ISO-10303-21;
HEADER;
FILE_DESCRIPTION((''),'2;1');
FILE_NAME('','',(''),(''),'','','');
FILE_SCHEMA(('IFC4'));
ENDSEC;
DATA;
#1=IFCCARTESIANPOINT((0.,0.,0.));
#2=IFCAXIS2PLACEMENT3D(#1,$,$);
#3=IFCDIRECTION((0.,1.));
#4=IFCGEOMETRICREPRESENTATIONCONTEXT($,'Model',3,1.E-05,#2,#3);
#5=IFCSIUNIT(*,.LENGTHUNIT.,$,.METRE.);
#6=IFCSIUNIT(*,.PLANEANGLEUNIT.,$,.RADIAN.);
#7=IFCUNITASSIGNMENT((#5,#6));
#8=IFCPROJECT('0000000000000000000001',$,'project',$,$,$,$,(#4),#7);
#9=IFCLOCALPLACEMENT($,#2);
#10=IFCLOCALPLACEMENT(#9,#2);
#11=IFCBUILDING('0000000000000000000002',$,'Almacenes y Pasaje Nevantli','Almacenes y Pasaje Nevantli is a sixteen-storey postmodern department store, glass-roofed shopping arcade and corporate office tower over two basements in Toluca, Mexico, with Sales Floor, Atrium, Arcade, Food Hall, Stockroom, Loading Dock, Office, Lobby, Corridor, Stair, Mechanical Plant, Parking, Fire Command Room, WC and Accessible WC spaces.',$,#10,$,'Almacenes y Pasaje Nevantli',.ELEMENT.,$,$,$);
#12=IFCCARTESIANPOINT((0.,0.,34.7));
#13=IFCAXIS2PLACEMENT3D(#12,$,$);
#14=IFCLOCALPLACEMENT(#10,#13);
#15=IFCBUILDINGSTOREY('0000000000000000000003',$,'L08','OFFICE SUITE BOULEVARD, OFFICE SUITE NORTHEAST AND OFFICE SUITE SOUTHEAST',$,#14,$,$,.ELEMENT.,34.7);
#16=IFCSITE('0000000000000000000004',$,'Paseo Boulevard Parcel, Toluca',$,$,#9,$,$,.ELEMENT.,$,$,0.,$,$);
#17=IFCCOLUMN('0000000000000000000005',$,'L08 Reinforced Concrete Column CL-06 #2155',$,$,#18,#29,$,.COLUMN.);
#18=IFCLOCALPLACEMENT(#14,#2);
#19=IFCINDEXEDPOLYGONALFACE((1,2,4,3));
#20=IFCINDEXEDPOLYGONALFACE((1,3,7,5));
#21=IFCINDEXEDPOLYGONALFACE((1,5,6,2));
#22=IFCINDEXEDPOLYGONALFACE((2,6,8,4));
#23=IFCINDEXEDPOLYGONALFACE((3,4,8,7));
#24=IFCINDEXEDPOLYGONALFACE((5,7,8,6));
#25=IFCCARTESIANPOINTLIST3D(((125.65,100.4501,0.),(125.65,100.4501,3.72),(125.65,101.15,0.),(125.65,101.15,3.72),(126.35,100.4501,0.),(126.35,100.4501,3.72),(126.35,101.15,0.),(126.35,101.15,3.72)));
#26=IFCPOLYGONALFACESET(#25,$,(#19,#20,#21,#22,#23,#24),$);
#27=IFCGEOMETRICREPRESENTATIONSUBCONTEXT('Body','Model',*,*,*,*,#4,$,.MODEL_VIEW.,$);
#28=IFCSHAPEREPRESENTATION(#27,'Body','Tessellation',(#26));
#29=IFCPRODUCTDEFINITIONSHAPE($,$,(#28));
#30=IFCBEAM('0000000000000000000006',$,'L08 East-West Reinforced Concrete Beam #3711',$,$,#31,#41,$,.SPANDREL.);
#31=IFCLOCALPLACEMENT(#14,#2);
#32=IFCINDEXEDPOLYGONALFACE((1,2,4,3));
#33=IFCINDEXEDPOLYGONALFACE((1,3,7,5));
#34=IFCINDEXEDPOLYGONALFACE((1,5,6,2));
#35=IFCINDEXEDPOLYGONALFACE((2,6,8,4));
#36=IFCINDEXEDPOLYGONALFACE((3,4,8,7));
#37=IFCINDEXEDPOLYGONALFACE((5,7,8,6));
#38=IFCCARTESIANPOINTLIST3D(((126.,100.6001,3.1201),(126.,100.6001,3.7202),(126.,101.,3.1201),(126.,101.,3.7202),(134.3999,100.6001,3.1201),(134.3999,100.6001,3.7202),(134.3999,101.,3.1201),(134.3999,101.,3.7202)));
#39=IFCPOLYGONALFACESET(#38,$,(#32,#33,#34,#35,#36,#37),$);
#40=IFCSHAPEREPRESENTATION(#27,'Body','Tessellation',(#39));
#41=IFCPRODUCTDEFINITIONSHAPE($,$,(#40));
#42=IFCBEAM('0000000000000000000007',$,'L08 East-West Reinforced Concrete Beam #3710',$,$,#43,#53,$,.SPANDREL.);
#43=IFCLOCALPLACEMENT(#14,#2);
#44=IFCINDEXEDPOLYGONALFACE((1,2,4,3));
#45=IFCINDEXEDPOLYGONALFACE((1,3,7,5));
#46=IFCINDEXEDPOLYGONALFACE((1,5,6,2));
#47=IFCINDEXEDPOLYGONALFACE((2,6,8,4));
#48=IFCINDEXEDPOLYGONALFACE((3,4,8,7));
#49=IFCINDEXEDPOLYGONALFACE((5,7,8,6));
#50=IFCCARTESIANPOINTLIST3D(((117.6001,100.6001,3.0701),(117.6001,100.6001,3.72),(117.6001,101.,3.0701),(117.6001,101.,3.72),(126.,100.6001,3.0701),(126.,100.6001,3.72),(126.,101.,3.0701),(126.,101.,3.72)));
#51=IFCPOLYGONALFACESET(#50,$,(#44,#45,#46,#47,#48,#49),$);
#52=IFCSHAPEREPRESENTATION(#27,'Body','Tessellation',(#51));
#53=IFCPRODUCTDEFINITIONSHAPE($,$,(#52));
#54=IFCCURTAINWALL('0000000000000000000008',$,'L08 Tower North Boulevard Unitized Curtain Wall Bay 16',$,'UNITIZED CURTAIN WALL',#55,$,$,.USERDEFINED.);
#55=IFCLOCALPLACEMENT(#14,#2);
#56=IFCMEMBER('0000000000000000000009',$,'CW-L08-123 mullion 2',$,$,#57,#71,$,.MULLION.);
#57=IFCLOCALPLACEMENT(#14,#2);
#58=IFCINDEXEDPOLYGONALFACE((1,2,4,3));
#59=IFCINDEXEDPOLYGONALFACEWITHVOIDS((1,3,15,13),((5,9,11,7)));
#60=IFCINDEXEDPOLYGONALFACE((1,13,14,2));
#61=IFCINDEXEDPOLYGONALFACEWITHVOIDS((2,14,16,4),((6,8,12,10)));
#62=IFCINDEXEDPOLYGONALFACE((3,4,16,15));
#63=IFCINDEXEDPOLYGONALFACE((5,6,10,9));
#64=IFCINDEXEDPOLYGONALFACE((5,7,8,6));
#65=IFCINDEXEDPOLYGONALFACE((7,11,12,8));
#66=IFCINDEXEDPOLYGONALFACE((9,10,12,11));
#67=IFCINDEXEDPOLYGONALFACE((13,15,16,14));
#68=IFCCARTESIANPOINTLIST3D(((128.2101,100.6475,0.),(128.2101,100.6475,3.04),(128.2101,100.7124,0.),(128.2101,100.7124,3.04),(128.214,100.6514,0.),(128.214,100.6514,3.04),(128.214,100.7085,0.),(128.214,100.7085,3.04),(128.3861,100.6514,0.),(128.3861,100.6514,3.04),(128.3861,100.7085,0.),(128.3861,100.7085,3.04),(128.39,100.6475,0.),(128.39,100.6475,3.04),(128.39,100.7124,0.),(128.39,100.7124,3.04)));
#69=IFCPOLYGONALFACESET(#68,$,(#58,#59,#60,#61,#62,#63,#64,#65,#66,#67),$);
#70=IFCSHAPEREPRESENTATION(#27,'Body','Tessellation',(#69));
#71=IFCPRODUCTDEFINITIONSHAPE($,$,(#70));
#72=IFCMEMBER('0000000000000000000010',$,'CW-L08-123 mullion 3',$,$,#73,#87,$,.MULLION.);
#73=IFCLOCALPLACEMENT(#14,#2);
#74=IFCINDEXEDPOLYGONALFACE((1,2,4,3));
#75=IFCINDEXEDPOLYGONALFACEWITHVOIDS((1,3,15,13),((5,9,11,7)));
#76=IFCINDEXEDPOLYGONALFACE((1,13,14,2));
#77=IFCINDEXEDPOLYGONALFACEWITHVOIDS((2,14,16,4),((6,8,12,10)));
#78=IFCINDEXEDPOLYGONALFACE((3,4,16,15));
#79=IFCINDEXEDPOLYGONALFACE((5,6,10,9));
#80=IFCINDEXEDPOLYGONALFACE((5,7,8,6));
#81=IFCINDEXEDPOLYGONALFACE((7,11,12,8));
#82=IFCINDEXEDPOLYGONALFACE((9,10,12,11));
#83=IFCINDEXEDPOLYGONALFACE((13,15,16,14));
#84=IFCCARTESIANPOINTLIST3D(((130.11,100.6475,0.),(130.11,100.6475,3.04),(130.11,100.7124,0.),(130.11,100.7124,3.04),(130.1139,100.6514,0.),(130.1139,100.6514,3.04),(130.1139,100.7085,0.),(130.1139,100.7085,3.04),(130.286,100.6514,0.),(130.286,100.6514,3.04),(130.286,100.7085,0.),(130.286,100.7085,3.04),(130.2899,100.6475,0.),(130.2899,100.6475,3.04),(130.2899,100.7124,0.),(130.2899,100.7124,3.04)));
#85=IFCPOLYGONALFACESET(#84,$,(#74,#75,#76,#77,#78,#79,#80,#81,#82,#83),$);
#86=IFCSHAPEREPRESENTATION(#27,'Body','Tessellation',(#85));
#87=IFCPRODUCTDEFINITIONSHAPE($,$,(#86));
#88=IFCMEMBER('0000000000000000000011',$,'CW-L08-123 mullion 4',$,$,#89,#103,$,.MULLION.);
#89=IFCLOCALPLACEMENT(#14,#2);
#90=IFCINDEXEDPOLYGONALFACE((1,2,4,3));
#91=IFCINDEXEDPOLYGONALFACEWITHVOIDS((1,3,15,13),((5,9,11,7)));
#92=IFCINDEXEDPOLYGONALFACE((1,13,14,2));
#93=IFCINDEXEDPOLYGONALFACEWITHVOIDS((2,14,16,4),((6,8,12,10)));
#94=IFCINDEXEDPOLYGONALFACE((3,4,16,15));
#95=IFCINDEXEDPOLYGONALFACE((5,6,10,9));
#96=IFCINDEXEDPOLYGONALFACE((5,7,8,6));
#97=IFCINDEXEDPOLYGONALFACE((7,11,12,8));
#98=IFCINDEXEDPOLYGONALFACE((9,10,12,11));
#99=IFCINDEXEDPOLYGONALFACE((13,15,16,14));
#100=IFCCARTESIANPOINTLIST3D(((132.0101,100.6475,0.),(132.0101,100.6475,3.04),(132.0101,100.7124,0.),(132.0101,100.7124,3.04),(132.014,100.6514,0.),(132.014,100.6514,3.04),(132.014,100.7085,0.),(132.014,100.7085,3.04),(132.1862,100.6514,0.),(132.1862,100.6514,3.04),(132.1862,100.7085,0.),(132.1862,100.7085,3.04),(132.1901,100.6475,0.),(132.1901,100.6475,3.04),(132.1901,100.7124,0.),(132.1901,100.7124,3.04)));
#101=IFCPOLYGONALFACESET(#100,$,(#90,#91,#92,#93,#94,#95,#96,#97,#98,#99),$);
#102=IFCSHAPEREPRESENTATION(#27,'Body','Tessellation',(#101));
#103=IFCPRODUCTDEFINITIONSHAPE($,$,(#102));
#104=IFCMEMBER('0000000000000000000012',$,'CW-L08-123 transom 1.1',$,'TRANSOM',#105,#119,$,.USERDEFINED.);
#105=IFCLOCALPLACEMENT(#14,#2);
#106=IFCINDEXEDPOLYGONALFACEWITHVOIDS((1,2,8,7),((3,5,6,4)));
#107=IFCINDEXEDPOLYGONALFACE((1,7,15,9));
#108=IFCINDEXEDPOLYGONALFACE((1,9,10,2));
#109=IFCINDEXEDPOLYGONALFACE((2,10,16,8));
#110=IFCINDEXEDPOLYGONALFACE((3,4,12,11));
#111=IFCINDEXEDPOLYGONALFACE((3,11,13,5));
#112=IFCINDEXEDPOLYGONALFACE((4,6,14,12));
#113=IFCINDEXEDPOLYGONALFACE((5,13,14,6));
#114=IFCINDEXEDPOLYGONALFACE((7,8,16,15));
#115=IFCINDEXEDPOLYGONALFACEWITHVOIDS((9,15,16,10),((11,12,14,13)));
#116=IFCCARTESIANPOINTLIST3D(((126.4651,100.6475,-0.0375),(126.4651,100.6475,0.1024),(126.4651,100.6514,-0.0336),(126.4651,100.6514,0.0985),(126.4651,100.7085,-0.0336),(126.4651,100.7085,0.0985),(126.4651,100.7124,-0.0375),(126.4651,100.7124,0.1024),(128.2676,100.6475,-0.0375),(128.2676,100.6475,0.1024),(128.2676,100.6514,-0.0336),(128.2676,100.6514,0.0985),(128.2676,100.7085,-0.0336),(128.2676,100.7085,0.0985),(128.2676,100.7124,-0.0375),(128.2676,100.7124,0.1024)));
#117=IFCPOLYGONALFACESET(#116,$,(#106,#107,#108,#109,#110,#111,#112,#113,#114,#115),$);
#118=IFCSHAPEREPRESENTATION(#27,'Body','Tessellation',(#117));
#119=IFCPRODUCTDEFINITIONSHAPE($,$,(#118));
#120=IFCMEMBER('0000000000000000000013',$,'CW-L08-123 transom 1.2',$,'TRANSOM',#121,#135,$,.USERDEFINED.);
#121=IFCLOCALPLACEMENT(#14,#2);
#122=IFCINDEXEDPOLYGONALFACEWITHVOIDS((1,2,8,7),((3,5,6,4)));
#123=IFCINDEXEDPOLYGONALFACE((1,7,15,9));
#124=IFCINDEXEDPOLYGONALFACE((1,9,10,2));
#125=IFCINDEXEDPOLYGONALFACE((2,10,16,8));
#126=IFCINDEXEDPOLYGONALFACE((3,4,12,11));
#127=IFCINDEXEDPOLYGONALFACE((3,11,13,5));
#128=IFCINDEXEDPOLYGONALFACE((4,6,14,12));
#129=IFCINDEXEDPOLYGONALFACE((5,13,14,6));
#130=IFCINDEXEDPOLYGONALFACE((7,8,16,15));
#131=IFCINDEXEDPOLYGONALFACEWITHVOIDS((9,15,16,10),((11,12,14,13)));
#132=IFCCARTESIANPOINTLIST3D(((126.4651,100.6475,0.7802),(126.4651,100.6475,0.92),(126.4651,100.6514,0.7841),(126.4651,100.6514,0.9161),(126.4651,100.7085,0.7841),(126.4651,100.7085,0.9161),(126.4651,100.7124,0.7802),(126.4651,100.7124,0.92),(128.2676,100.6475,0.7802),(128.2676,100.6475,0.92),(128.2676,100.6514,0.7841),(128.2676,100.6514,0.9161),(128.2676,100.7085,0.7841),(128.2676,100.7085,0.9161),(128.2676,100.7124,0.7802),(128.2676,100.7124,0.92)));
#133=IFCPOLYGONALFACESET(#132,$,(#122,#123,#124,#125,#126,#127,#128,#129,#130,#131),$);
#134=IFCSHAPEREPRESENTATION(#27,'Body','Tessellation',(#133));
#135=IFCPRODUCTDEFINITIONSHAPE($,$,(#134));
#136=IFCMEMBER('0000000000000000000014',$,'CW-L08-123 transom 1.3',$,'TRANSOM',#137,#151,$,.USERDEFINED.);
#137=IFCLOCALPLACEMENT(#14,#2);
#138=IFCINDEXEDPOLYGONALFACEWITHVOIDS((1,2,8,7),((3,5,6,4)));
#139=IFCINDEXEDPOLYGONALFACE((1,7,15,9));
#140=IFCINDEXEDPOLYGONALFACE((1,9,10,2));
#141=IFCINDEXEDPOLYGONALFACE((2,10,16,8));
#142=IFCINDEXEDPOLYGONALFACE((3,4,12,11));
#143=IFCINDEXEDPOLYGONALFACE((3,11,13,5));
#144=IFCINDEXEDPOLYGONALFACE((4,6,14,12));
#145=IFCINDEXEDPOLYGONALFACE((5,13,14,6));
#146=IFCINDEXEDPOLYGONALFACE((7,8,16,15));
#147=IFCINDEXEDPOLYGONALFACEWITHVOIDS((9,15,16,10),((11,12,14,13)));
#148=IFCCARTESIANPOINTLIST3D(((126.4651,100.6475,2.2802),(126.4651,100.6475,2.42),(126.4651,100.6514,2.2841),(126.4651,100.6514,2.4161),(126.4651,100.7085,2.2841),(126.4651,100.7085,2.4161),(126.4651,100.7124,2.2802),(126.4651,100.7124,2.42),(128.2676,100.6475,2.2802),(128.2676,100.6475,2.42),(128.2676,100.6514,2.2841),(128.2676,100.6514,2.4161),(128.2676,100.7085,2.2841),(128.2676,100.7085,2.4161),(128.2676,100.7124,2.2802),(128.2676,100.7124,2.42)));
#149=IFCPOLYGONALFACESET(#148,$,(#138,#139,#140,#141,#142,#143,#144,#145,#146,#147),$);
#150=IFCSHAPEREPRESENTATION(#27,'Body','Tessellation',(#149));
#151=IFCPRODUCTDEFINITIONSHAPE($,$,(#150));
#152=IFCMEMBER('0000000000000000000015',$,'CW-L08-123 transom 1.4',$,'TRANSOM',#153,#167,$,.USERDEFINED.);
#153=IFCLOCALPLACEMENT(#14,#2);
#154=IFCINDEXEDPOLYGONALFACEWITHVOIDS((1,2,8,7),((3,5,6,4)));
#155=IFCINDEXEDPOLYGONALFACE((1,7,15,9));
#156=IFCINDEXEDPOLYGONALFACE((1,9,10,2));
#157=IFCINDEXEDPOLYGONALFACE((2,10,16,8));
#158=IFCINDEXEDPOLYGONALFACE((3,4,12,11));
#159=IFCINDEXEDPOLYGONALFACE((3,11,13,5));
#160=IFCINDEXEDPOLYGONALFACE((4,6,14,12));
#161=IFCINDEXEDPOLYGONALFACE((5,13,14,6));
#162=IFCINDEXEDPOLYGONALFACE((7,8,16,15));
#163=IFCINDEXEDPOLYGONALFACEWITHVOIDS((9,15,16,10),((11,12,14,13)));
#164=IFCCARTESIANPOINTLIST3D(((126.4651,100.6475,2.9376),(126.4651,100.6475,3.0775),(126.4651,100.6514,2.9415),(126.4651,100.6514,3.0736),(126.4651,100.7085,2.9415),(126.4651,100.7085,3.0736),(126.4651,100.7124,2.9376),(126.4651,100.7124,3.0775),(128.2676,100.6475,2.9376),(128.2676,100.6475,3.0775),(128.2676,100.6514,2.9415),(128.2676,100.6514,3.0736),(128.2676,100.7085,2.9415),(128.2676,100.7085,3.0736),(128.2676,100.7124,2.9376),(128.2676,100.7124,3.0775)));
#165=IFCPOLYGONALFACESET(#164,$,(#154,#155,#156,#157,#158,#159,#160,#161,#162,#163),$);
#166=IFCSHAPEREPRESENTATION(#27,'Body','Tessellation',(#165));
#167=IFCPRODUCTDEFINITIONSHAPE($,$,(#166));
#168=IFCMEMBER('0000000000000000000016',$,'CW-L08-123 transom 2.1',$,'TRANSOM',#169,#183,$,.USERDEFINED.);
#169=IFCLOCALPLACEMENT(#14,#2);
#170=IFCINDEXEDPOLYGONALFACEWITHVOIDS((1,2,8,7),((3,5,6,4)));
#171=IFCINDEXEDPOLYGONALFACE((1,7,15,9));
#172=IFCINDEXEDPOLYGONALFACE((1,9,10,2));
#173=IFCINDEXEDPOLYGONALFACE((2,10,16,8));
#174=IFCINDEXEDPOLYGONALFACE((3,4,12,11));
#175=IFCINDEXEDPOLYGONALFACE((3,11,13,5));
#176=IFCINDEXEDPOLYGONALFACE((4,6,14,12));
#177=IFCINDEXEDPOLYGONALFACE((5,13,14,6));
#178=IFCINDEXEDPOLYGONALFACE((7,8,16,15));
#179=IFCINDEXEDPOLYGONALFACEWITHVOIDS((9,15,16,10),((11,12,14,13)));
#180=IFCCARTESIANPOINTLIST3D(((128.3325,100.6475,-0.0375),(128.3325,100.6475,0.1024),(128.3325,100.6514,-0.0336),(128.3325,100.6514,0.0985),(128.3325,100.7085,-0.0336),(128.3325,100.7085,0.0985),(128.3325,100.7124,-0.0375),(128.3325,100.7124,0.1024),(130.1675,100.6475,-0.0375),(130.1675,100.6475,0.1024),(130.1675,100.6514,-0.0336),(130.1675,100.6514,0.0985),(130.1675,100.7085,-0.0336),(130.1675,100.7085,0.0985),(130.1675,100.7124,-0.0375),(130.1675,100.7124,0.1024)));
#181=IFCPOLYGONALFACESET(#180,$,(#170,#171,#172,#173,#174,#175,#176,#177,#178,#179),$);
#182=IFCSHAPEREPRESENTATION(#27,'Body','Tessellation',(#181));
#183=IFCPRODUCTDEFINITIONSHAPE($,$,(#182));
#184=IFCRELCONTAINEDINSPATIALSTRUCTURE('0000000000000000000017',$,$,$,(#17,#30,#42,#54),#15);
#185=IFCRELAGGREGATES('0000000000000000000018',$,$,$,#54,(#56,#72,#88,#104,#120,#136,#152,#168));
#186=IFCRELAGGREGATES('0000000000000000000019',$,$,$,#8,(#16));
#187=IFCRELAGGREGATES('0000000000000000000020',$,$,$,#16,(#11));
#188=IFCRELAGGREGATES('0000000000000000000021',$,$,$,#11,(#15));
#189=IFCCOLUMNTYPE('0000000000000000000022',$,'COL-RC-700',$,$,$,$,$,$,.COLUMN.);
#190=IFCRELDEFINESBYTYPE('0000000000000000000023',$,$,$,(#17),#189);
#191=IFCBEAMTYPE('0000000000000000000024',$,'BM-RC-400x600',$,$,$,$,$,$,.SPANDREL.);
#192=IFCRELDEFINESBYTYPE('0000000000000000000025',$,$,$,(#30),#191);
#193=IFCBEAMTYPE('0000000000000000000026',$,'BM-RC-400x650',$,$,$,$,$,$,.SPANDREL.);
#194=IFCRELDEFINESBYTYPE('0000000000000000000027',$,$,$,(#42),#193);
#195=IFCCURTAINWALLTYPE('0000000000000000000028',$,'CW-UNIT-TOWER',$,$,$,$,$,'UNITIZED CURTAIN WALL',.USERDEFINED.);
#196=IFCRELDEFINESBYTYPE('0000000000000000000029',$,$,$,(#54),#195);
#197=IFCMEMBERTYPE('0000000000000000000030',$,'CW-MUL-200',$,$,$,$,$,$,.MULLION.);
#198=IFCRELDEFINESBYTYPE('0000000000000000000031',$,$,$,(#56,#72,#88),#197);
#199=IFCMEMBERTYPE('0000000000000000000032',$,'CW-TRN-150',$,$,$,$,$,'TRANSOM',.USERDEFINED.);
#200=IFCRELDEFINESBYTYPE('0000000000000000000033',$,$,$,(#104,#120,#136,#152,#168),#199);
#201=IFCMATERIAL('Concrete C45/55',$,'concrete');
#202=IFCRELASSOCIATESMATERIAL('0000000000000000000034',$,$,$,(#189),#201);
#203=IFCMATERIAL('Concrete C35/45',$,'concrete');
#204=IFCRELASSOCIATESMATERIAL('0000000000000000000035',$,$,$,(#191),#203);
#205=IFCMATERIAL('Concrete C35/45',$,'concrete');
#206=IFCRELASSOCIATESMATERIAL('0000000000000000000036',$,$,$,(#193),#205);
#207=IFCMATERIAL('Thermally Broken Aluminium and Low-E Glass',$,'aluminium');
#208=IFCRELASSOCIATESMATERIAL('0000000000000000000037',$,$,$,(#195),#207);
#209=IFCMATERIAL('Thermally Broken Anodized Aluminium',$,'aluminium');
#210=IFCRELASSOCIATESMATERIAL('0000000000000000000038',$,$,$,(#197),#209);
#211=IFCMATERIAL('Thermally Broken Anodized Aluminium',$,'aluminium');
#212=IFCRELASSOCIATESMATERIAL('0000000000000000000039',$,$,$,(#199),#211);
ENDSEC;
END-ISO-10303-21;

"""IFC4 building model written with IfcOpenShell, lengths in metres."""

from ifc_helpers import new_model, si_unit, direction, frame, origin, origin_2d, place, context, subcontext, project, spatial, rectangle, hollow_rectangle, extrude, material, material_profile, profile_set, type_object, element, aggregate, save


model = new_model("IFC4")

# Units and contexts
model_context = context("Model", 3, precision=1e-05, world=origin(), true_north=direction((0.0, 1.0)))
body_context = subcontext(model_context, "Body", "Model", "MODEL_VIEW")
ifc_project = project(units=[si_unit("LENGTHUNIT", "METRE"), si_unit("PLANEANGLEUNIT", "RADIAN")], contexts=[model_context])

# Site, building, storey
site_placement = place(None, origin())
site = spatial("IfcSite", under=ifc_project, at=site_placement, Name="Paseo Boulevard Parcel, Toluca", CompositionType="ELEMENT", RefElevation=0.0)
building_placement = place(site_placement, origin())
building = spatial("IfcBuilding", under=site, at=building_placement, Name="Almacenes y Pasaje Nevantli", Description="Almacenes y Pasaje Nevantli is a sixteen-storey postmodern department store, glass-roofed shopping arcade and corporate office tower over two basements in Toluca, Mexico, with Sales Floor, Atrium, Arcade, Food Hall, Stockroom, Loading Dock, Office, Lobby, Corridor, Stair, Mechanical Plant, Parking, Fire Command Room, WC and Accessible WC spaces.", LongName="Almacenes y Pasaje Nevantli", CompositionType="ELEMENT")
storey_placement = place(building_placement, frame((0.0, 0.0, 34.7)))
storey = spatial("IfcBuildingStorey", under=building, at=storey_placement, Name="L08", Description="OFFICE SUITE BOULEVARD, OFFICE SUITE NORTHEAST AND OFFICE SUITE SOUTHEAST", CompositionType="ELEMENT", Elevation=34.7)

# Column
ifc_material_1 = material(Name="Concrete C45/55", Category="concrete")
ifc_material_profile_1 = material_profile(ifc_material_1, rectangle(XDim=0.7, YDim=0.7, at=origin_2d()), Name="RC-COL-700x700")
ifc_profile_set_1 = profile_set([ifc_material_profile_1], Name="Concrete C45/55")
column_type = type_object("IfcColumnType", Name="COL-RC-700", PredefinedType="COLUMN", material=ifc_profile_set_1)
column_placement = place(storey_placement, frame((126.0, 100.8, 0.0), z_axis=(0.0, 0.0, 1.0), x_axis=(1.0, 0.0, 0.0)))
element("IfcColumn", 1, at=column_placement, inside=storey, type_object=column_type, Name="L08 Reinforced Concrete Column CL-06 #2155", PredefinedType="COLUMN", context=body_context, shape_type="SweptSolid", body=[
    extrude(rectangle(XDim=0.7, YDim=0.7, at=origin_2d()), origin(), (0.0, 0.0, 1.0), 3.72),
])

# Beams
ifc_material_2 = material(Name="Concrete C35/45", Category="concrete")
ifc_material_profile_2 = material_profile(ifc_material_2, rectangle(XDim=0.3999, YDim=0.6001, at=origin_2d()), Name="RC-BM-400x600")
ifc_profile_set_2 = profile_set([ifc_material_profile_2], Name="Concrete C35/45")
beam_type_1 = type_object("IfcBeamType", Name="BM-RC-400x600", PredefinedType="SPANDREL", material=ifc_profile_set_2)
beam_1_placement = place(storey_placement, frame((126.0, 100.8, 3.4202), z_axis=(1.0, 0.0, 0.0), x_axis=(0.0, 1.0, 0.0)))
element("IfcBeam", 2, at=beam_1_placement, inside=storey, type_object=beam_type_1, Name="L08 East-West Reinforced Concrete Beam #3711", PredefinedType="SPANDREL", context=body_context, shape_type="SweptSolid", body=[
    extrude(rectangle(XDim=0.3999, YDim=0.6001, at=origin_2d()), origin(), (0.0, 0.0, 1.0), 8.3999),
])
ifc_material_3 = material(Name="Concrete C35/45", Category="concrete")
ifc_material_profile_3 = material_profile(ifc_material_3, rectangle(XDim=0.3999, YDim=0.6499, at=origin_2d()), Name="RC-BM-400x650")
ifc_profile_set_3 = profile_set([ifc_material_profile_3], Name="Concrete C35/45")
beam_type_2 = type_object("IfcBeamType", Name="BM-RC-400x650", PredefinedType="SPANDREL", material=ifc_profile_set_3)
beam_2_placement = place(storey_placement, frame((117.6001, 100.8, 3.395), z_axis=(1.0, 0.0, 0.0), x_axis=(0.0, 1.0, 0.0)))
element("IfcBeam", 3, at=beam_2_placement, inside=storey, type_object=beam_type_2, Name="L08 East-West Reinforced Concrete Beam #3710", PredefinedType="SPANDREL", context=body_context, shape_type="SweptSolid", body=[
    extrude(rectangle(XDim=0.3999, YDim=0.6499, at=origin_2d()), origin(), (0.0, 0.0, 1.0), 8.3999),
])

# Curtain wall, members
ifc_material_4 = material(Name="Thermally Broken Aluminium and Low-E Glass", Category="aluminium")
curtain_wall_type = type_object("IfcCurtainWallType", Name="CW-UNIT-TOWER", ElementType="UNITIZED CURTAIN WALL", PredefinedType="USERDEFINED", material=ifc_material_4)
curtain_wall_placement = place(storey_placement, origin())
curtain_wall = element("IfcCurtainWall", 4, at=curtain_wall_placement, inside=storey, type_object=curtain_wall_type, Name="L08 Tower North Boulevard Unitized Curtain Wall Bay 16", ObjectType="UNITIZED CURTAIN WALL", PredefinedType="USERDEFINED")
ifc_material_5 = material(Name="Thermally Broken Anodized Aluminium", Category="aluminium")
ifc_material_profile_4 = material_profile(ifc_material_5, hollow_rectangle(XDim=0.0649, YDim=0.1799, WallThickness=0.0039, at=origin_2d()), Name="ALU-MUL-65x180")
ifc_profile_set_4 = profile_set([ifc_material_profile_4], Name="Thermally Broken Anodized Aluminium")
member_type_1 = type_object("IfcMemberType", Name="CW-MUL-200", PredefinedType="MULLION", material=ifc_profile_set_4)
member_1_placement = place(storey_placement, frame((128.3, 100.6799, 0.0), z_axis=(0.0, 0.0, 1.0), x_axis=(0.0, 1.0, 0.0)))
member_1 = element("IfcMember", 5, at=member_1_placement, type_object=member_type_1, Name="CW-L08-123 mullion 2", PredefinedType="MULLION", context=body_context, shape_type="SweptSolid", body=[
    extrude(hollow_rectangle(XDim=0.0649, YDim=0.1799, WallThickness=0.0039, at=origin_2d()), origin(), (0.0, 0.0, 1.0), 3.04),
])
member_2_placement = place(storey_placement, frame((130.2, 100.6799, 0.0), z_axis=(0.0, 0.0, 1.0), x_axis=(0.0, 1.0, 0.0)))
member_2 = element("IfcMember", 6, at=member_2_placement, type_object=member_type_1, Name="CW-L08-123 mullion 3", PredefinedType="MULLION", context=body_context, shape_type="SweptSolid", body=[
    extrude(hollow_rectangle(XDim=0.0649, YDim=0.1799, WallThickness=0.0039, at=origin_2d()), origin(), (0.0, 0.0, 1.0), 3.04),
])
member_3_placement = place(storey_placement, frame((132.1001, 100.6799, 0.0), z_axis=(0.0, 0.0, 1.0), x_axis=(0.0, 1.0, 0.0)))
member_3 = element("IfcMember", 7, at=member_3_placement, type_object=member_type_1, Name="CW-L08-123 mullion 4", PredefinedType="MULLION", context=body_context, shape_type="SweptSolid", body=[
    extrude(hollow_rectangle(XDim=0.0649, YDim=0.1799, WallThickness=0.0039, at=origin_2d()), origin(), (0.0, 0.0, 1.0), 3.04),
])
ifc_material_6 = material(Name="Thermally Broken Anodized Aluminium", Category="aluminium")
ifc_material_profile_5 = material_profile(ifc_material_6, hollow_rectangle(XDim=0.0649, YDim=0.1399, WallThickness=0.0039, at=origin_2d()), Name="ALU-TRN-65x140")
ifc_profile_set_5 = profile_set([ifc_material_profile_5], Name="Thermally Broken Anodized Aluminium")
member_type_2 = type_object("IfcMemberType", Name="CW-TRN-150", ElementType="TRANSOM", PredefinedType="USERDEFINED", material=ifc_profile_set_5)
member_4_placement = place(storey_placement, frame((126.4651, 100.6799, 0.0325), z_axis=(1.0, 0.0, 0.0), x_axis=(0.0, 1.0, 0.0)))
member_4 = element("IfcMember", 8, at=member_4_placement, type_object=member_type_2, Name="CW-L08-123 transom 1.1", ObjectType="TRANSOM", PredefinedType="USERDEFINED", context=body_context, shape_type="SweptSolid", body=[
    extrude(hollow_rectangle(XDim=0.0649, YDim=0.1399, WallThickness=0.0039, at=origin_2d()), origin(), (0.0, 0.0, 1.0), 1.8025),
])
member_5_placement = place(storey_placement, frame((126.4651, 100.6799, 0.8501), z_axis=(1.0, 0.0, 0.0), x_axis=(0.0, 1.0, 0.0)))
member_5 = element("IfcMember", 9, at=member_5_placement, type_object=member_type_2, Name="CW-L08-123 transom 1.2", ObjectType="TRANSOM", PredefinedType="USERDEFINED", context=body_context, shape_type="SweptSolid", body=[
    extrude(hollow_rectangle(XDim=0.0649, YDim=0.1399, WallThickness=0.0039, at=origin_2d()), origin(), (0.0, 0.0, 1.0), 1.8025),
])
member_6_placement = place(storey_placement, frame((126.4651, 100.6799, 2.3501), z_axis=(1.0, 0.0, 0.0), x_axis=(0.0, 1.0, 0.0)))
member_6 = element("IfcMember", 10, at=member_6_placement, type_object=member_type_2, Name="CW-L08-123 transom 1.3", ObjectType="TRANSOM", PredefinedType="USERDEFINED", context=body_context, shape_type="SweptSolid", body=[
    extrude(hollow_rectangle(XDim=0.0649, YDim=0.1399, WallThickness=0.0039, at=origin_2d()), origin(), (0.0, 0.0, 1.0), 1.8025),
])
member_7_placement = place(storey_placement, frame((126.4651, 100.6799, 3.0076), z_axis=(1.0, 0.0, 0.0), x_axis=(0.0, 1.0, 0.0)))
member_7 = element("IfcMember", 11, at=member_7_placement, type_object=member_type_2, Name="CW-L08-123 transom 1.4", ObjectType="TRANSOM", PredefinedType="USERDEFINED", context=body_context, shape_type="SweptSolid", body=[
    extrude(hollow_rectangle(XDim=0.0649, YDim=0.1399, WallThickness=0.0039, at=origin_2d()), origin(), (0.0, 0.0, 1.0), 1.8025),
])
member_8_placement = place(storey_placement, frame((128.3325, 100.6799, 0.0325), z_axis=(1.0, 0.0, 0.0), x_axis=(0.0, 1.0, 0.0)))
member_8 = element("IfcMember", 12, at=member_8_placement, type_object=member_type_2, Name="CW-L08-123 transom 2.1", ObjectType="TRANSOM", PredefinedType="USERDEFINED", context=body_context, shape_type="SweptSolid", body=[
    extrude(hollow_rectangle(XDim=0.0649, YDim=0.1399, WallThickness=0.0039, at=origin_2d()), origin(), (0.0, 0.0, 1.0), 1.835),
])
aggregate(curtain_wall, [member_1, member_2, member_3, member_4, member_5, member_6, member_7, member_8])

save(model, "model.ifc")
